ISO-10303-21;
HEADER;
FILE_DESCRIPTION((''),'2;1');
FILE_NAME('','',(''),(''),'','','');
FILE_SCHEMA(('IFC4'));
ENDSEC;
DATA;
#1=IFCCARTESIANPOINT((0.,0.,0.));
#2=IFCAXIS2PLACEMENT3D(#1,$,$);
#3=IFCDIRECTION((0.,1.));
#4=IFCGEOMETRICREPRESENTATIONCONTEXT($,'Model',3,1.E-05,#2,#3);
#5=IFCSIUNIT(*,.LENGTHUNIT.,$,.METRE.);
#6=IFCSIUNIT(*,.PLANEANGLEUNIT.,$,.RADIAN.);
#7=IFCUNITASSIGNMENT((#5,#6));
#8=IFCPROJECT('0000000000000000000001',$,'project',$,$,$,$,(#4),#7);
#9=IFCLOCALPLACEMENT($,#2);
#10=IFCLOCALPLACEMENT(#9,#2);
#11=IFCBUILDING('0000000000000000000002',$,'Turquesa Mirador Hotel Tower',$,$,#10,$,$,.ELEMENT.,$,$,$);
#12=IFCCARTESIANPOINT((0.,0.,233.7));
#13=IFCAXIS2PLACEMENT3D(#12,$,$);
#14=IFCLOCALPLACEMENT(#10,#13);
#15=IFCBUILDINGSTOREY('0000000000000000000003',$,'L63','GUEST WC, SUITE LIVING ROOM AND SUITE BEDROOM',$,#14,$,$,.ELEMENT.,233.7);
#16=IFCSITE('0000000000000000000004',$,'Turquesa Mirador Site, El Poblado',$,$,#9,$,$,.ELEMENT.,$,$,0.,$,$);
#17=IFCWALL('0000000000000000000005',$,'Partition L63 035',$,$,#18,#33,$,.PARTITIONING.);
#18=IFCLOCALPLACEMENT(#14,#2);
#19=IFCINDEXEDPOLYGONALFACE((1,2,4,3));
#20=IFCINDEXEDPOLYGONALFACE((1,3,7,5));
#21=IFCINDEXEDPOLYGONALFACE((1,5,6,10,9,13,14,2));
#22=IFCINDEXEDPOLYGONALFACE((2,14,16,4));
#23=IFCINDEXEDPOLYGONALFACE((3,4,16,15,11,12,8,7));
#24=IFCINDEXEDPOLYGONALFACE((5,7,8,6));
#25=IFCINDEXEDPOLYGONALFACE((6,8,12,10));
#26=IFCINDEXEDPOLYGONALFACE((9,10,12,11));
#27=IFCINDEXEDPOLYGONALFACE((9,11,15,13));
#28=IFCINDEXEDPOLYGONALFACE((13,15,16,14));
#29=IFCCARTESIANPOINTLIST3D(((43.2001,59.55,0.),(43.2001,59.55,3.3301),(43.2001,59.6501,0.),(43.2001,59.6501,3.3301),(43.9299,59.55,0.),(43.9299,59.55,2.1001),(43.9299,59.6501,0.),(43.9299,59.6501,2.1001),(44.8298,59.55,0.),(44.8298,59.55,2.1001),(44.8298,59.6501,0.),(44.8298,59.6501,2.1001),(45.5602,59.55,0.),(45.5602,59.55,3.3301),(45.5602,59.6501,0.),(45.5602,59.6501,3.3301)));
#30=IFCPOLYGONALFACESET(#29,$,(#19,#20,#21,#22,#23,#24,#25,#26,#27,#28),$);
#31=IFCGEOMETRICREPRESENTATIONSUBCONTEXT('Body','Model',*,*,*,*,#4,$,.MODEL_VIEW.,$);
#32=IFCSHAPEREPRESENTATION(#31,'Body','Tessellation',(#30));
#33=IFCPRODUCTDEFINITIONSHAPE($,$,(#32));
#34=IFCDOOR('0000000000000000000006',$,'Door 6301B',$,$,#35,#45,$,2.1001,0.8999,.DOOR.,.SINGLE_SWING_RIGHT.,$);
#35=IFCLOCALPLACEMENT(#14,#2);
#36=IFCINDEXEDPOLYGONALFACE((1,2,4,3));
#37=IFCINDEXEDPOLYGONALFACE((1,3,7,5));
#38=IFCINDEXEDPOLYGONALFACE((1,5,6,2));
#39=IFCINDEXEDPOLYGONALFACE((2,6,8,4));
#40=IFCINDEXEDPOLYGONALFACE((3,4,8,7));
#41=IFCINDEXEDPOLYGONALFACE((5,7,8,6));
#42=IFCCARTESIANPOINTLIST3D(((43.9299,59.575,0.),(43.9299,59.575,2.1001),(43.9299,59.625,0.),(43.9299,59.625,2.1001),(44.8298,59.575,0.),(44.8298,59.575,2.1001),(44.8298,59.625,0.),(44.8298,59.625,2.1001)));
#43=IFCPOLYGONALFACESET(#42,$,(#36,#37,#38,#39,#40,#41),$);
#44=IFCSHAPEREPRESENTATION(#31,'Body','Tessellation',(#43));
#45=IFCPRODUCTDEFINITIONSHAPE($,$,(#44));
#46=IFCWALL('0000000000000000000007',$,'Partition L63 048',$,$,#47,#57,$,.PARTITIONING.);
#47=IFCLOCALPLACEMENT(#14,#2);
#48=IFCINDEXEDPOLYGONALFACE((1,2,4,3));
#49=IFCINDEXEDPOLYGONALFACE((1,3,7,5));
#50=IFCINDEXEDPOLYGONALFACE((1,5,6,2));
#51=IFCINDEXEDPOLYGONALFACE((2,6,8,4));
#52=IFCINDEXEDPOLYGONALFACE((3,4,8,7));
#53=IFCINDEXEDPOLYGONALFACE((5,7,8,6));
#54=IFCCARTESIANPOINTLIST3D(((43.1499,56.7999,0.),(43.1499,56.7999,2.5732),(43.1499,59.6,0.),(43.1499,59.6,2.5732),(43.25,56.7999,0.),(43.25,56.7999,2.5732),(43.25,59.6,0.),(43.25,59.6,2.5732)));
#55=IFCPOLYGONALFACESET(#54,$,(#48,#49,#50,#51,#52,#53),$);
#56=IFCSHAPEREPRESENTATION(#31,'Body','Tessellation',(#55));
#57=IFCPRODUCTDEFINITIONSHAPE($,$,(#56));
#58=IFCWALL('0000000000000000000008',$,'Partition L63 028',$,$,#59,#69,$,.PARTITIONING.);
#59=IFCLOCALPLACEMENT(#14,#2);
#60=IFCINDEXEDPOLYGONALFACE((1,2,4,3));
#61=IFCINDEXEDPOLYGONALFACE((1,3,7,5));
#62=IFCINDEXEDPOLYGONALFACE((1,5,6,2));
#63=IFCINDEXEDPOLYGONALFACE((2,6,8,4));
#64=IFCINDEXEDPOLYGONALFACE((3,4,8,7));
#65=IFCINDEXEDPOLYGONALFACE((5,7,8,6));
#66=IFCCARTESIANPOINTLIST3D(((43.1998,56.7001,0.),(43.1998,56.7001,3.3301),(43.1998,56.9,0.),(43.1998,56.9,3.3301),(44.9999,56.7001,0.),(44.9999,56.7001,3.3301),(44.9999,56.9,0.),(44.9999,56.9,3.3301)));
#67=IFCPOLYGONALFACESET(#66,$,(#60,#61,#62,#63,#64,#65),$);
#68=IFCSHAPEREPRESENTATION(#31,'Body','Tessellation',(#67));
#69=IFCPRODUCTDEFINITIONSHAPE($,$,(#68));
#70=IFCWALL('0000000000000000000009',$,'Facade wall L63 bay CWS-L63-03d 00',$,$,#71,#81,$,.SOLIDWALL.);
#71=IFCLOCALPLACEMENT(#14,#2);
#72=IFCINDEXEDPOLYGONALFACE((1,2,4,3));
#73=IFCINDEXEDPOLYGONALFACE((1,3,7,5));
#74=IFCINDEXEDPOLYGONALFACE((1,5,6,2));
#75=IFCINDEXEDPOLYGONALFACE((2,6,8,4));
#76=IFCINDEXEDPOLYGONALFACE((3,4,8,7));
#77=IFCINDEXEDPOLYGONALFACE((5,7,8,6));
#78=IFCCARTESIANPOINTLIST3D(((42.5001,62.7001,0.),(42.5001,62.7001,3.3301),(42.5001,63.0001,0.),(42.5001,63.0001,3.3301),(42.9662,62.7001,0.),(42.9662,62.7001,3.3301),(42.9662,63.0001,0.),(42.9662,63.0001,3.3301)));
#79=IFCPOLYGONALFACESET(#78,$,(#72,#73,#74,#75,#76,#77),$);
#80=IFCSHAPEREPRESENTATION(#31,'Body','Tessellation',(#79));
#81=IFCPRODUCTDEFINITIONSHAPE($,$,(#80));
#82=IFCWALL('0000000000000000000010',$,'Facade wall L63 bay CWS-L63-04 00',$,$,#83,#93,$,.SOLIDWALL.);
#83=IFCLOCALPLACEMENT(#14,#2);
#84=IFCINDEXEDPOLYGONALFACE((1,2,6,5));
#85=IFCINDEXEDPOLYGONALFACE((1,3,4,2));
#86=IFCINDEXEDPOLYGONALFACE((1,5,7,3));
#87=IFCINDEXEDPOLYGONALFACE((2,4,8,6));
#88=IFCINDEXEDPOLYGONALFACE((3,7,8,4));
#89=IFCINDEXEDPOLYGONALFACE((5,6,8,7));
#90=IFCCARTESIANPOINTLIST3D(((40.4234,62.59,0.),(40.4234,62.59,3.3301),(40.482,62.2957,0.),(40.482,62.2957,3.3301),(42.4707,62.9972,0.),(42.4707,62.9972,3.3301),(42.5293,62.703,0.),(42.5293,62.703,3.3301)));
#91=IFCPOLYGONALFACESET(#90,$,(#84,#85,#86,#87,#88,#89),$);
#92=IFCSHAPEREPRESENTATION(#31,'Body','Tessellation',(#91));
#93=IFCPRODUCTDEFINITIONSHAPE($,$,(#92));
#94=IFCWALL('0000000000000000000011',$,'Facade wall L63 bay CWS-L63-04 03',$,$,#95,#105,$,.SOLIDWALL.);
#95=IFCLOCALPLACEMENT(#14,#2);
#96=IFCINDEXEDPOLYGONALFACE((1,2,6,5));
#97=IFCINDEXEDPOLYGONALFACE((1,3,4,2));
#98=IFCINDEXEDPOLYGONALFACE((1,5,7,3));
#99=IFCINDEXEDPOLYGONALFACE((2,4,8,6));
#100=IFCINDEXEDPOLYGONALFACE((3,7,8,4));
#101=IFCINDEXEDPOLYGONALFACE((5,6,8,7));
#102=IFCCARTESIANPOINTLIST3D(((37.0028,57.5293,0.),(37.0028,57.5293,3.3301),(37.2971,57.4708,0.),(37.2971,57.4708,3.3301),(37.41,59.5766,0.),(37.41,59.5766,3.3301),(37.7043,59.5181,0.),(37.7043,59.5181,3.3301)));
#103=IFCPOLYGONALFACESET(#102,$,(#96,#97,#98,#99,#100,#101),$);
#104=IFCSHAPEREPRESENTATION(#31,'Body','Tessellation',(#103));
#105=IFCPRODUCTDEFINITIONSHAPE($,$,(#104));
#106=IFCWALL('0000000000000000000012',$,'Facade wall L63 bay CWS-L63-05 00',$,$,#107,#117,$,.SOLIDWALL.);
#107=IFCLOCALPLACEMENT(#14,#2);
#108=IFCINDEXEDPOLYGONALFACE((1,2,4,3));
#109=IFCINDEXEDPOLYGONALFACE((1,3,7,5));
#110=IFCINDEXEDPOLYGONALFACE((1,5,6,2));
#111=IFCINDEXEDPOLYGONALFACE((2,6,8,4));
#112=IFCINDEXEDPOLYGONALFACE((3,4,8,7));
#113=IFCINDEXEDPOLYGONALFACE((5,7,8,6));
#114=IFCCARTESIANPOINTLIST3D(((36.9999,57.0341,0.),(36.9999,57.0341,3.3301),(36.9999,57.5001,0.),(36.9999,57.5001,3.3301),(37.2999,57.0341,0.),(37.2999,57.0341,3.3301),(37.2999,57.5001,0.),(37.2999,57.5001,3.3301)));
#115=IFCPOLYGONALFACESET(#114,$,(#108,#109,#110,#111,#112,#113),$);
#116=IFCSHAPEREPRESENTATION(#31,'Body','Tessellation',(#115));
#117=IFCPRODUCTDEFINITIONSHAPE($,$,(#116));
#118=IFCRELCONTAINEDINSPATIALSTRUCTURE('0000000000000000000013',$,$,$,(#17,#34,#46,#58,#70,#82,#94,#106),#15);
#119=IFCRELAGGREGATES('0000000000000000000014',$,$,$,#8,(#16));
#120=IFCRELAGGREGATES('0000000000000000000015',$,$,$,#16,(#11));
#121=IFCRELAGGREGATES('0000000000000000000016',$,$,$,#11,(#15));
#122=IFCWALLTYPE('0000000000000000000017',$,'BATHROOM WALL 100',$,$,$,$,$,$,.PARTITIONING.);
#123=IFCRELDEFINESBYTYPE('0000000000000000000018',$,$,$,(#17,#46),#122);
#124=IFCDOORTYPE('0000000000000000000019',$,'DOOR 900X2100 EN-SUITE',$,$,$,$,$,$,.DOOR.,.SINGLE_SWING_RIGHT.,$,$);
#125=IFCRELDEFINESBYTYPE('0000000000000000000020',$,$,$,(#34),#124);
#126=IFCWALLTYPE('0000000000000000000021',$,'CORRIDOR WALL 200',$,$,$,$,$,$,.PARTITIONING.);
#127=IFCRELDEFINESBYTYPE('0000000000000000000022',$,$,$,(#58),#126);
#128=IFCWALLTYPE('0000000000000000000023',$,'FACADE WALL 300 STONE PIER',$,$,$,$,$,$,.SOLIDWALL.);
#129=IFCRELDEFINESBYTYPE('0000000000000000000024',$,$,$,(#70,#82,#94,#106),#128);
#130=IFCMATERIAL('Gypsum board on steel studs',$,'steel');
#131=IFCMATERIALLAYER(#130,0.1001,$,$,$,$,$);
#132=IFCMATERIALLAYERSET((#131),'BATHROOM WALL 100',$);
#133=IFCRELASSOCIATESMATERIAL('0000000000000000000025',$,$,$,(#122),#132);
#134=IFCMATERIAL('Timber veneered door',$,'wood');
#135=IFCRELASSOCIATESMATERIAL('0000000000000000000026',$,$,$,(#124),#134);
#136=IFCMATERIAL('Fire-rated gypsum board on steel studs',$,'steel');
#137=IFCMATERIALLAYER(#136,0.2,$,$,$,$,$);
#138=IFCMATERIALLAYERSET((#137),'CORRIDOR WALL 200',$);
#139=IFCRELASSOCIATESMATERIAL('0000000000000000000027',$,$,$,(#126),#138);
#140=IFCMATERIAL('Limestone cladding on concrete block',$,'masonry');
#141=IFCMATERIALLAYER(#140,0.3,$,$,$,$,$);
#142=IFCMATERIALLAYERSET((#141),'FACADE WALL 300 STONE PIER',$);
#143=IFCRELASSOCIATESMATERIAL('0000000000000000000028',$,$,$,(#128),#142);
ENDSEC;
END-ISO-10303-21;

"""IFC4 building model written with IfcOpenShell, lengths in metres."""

from ifc_helpers import new_model, si_unit, direction, frame, frame_2d, origin, place, context, subcontext, project, spatial, rectangle, extrude, material, layer, layer_set, type_object, element, fill, save


model = new_model("IFC4")

# Units and contexts
model_context = context("Model", 3, precision=1e-05, world=origin(), true_north=direction((0.0, 1.0)))
body_context = subcontext(model_context, "Body", "Model", "MODEL_VIEW")
ifc_project = project(units=[si_unit("LENGTHUNIT", "METRE"), si_unit("PLANEANGLEUNIT", "RADIAN")], contexts=[model_context])

# Site, building, storey
site_placement = place(None, origin())
site = spatial("IfcSite", under=ifc_project, at=site_placement, Name="Turquesa Mirador Site, El Poblado", CompositionType="ELEMENT", RefElevation=0.0)
building_placement = place(site_placement, origin())
building = spatial("IfcBuilding", under=site, at=building_placement, Name="Turquesa Mirador Hotel Tower", CompositionType="ELEMENT")
storey_placement = place(building_placement, frame((0.0, 0.0, 233.7)))
storey = spatial("IfcBuildingStorey", under=building, at=storey_placement, Name="L63", Description="GUEST WC, SUITE LIVING ROOM AND SUITE BEDROOM", CompositionType="ELEMENT", Elevation=233.7)

# Wall, opening, door
ifc_material_1 = material(Name="Gypsum board on steel studs", Category="steel")
ifc_layer_1 = layer(ifc_material_1, 0.1001)
ifc_layer_set_1 = layer_set([ifc_layer_1], Name="BATHROOM WALL 100")
wall_type_1 = type_object("IfcWallType", Name="BATHROOM WALL 100", PredefinedType="PARTITIONING", material=ifc_layer_set_1)
wall_1_placement = place(storey_placement, frame((43.2, 59.6001, 0.0), z_axis=(0.0, 0.0, 1.0), x_axis=(1.0, 0.0, 0.0)))
wall_1 = element("IfcWall", 1, at=wall_1_placement, inside=storey, type_object=wall_type_1, Name="Partition L63 035", PredefinedType="PARTITIONING", context=body_context, shape_type="SweptSolid", body=[
    extrude(rectangle(XDim=2.3601, YDim=0.1001, at=frame_2d((1.1802, 0.0))), origin(), (0.0, 0.0, 1.0), 3.3301),
])
opening_placement = place(wall_1_placement, frame((0.73, 0.0, 0.0)))
opening = element("IfcOpeningElement", 2, at=opening_placement, cuts=wall_1, PredefinedType="OPENING", context=body_context, shape_type="SweptSolid", body=[
    extrude(rectangle(XDim=0.8999, YDim=2.1001, at=frame_2d((0.45, 1.05))), frame((0.0, 0.0601, 0.0), z_axis=(0.0, -1.0, 0.0), x_axis=(1.0, 0.0, 0.0)), (0.0, 0.0, 1.0), 0.1201),
])
ifc_material_2 = material(Name="Timber veneered door", Category="wood")
door_type = type_object("IfcDoorType", Name="DOOR 900X2100 EN-SUITE", OperationType="SINGLE_SWING_RIGHT", PredefinedType="DOOR", material=ifc_material_2)
door_placement = place(opening_placement, origin())
door = element("IfcDoor", 3, at=door_placement, inside=storey, type_object=door_type, Name="Door 6301B", OperationType="SINGLE_SWING_RIGHT", OverallHeight=2.1001, OverallWidth=0.8999, PredefinedType="DOOR", context=body_context, shape_type="SweptSolid", body=[
    extrude(rectangle(XDim=0.8999, YDim=2.1001, at=frame_2d((0.45, 1.05))), frame((0.0, 0.0249, 0.0), z_axis=(0.0, -1.0, 0.0), x_axis=(1.0, 0.0, 0.0)), (0.0, 0.0, 1.0), 0.05),
])
fill(opening, door)

# Walls
wall_2_placement = place(storey_placement, frame((43.2, 56.8, 0.0), z_axis=(0.0, 0.0, 1.0), x_axis=(0.0, 1.0, 0.0)))
element("IfcWall", 4, at=wall_2_placement, inside=storey, type_object=wall_type_1, Name="Partition L63 048", PredefinedType="PARTITIONING", context=body_context, shape_type="SweptSolid", body=[
    extrude(rectangle(XDim=2.8, YDim=0.1001, at=frame_2d((1.3999, 0.0))), origin(), (0.0, 0.0, 1.0), 2.5732),
])
ifc_material_3 = material(Name="Fire-rated gypsum board on steel studs", Category="steel")
ifc_layer_2 = layer(ifc_material_3, 0.2)
ifc_layer_set_2 = layer_set([ifc_layer_2], Name="CORRIDOR WALL 200")
wall_type_2 = type_object("IfcWallType", Name="CORRIDOR WALL 200", PredefinedType="PARTITIONING", material=ifc_layer_set_2)
wall_3_placement = place(storey_placement, frame((43.2, 56.8, 0.0), z_axis=(0.0, 0.0, 1.0), x_axis=(1.0, 0.0, 0.0)))
element("IfcWall", 5, at=wall_3_placement, inside=storey, type_object=wall_type_2, Name="Partition L63 028", PredefinedType="PARTITIONING", context=body_context, shape_type="SweptSolid", body=[
    extrude(rectangle(XDim=1.8, YDim=0.2, at=frame_2d((0.8999, 0.0))), origin(), (0.0, 0.0, 1.0), 3.3301),
])
ifc_material_4 = material(Name="Limestone cladding on concrete block", Category="masonry")
ifc_layer_3 = layer(ifc_material_4, 0.3)
ifc_layer_set_3 = layer_set([ifc_layer_3], Name="FACADE WALL 300 STONE PIER")
wall_type_3 = type_object("IfcWallType", Name="FACADE WALL 300 STONE PIER", PredefinedType="SOLIDWALL", material=ifc_layer_set_3)
wall_4_placement = place(storey_placement, frame((42.9661, 62.8501, 0.0), z_axis=(0.0, 0.0, 1.0), x_axis=(-1.0, 0.0, 0.0)))
element("IfcWall", 6, at=wall_4_placement, inside=storey, type_object=wall_type_3, Name="Facade wall L63 bay CWS-L63-03d 00", PredefinedType="SOLIDWALL", context=body_context, shape_type="SweptSolid", body=[
    extrude(rectangle(XDim=0.4661, YDim=0.3, at=frame_2d((0.2329, 0.0))), origin(), (0.0, 0.0, 1.0), 3.3301),
])
for number, where, z_axis, x_axis, name in (
    (7, (42.5, 62.8501, 0.0), (0.0, 0.0, 1.0), (-0.980787, -0.195081, 0.0), "Facade wall L63 bay CWS-L63-04 00"),
    (8, (37.5571, 59.5474, 0.0), (0.0, 0.0, 1.0), (-0.195081, -0.980787, 0.0), "Facade wall L63 bay CWS-L63-04 03"),
):
    element("IfcWall", number, at=place(storey_placement, frame(where, z_axis=z_axis, x_axis=x_axis)), inside=storey, type_object=wall_type_3, Name=name, PredefinedType="SOLIDWALL", context=body_context, shape_type="SweptSolid", body=[
        extrude(rectangle(XDim=2.0874, YDim=0.3, at=frame_2d((1.0437, 0.0))), origin(), (0.0, 0.0, 1.0), 3.3301),
    ])
wall_5_placement = place(storey_placement, frame((37.1499, 57.5, 0.0), z_axis=(0.0, 0.0, 1.0), x_axis=(0.0, -1.0, 0.0)))
element("IfcWall", 9, at=wall_5_placement, inside=storey, type_object=wall_type_3, Name="Facade wall L63 bay CWS-L63-05 00", PredefinedType="SOLIDWALL", context=body_context, shape_type="SweptSolid", body=[
    extrude(rectangle(XDim=0.4661, YDim=0.3, at=frame_2d((0.2329, 0.0))), origin(), (0.0, 0.0, 1.0), 3.3301),
])

save(model, "model.ifc")
